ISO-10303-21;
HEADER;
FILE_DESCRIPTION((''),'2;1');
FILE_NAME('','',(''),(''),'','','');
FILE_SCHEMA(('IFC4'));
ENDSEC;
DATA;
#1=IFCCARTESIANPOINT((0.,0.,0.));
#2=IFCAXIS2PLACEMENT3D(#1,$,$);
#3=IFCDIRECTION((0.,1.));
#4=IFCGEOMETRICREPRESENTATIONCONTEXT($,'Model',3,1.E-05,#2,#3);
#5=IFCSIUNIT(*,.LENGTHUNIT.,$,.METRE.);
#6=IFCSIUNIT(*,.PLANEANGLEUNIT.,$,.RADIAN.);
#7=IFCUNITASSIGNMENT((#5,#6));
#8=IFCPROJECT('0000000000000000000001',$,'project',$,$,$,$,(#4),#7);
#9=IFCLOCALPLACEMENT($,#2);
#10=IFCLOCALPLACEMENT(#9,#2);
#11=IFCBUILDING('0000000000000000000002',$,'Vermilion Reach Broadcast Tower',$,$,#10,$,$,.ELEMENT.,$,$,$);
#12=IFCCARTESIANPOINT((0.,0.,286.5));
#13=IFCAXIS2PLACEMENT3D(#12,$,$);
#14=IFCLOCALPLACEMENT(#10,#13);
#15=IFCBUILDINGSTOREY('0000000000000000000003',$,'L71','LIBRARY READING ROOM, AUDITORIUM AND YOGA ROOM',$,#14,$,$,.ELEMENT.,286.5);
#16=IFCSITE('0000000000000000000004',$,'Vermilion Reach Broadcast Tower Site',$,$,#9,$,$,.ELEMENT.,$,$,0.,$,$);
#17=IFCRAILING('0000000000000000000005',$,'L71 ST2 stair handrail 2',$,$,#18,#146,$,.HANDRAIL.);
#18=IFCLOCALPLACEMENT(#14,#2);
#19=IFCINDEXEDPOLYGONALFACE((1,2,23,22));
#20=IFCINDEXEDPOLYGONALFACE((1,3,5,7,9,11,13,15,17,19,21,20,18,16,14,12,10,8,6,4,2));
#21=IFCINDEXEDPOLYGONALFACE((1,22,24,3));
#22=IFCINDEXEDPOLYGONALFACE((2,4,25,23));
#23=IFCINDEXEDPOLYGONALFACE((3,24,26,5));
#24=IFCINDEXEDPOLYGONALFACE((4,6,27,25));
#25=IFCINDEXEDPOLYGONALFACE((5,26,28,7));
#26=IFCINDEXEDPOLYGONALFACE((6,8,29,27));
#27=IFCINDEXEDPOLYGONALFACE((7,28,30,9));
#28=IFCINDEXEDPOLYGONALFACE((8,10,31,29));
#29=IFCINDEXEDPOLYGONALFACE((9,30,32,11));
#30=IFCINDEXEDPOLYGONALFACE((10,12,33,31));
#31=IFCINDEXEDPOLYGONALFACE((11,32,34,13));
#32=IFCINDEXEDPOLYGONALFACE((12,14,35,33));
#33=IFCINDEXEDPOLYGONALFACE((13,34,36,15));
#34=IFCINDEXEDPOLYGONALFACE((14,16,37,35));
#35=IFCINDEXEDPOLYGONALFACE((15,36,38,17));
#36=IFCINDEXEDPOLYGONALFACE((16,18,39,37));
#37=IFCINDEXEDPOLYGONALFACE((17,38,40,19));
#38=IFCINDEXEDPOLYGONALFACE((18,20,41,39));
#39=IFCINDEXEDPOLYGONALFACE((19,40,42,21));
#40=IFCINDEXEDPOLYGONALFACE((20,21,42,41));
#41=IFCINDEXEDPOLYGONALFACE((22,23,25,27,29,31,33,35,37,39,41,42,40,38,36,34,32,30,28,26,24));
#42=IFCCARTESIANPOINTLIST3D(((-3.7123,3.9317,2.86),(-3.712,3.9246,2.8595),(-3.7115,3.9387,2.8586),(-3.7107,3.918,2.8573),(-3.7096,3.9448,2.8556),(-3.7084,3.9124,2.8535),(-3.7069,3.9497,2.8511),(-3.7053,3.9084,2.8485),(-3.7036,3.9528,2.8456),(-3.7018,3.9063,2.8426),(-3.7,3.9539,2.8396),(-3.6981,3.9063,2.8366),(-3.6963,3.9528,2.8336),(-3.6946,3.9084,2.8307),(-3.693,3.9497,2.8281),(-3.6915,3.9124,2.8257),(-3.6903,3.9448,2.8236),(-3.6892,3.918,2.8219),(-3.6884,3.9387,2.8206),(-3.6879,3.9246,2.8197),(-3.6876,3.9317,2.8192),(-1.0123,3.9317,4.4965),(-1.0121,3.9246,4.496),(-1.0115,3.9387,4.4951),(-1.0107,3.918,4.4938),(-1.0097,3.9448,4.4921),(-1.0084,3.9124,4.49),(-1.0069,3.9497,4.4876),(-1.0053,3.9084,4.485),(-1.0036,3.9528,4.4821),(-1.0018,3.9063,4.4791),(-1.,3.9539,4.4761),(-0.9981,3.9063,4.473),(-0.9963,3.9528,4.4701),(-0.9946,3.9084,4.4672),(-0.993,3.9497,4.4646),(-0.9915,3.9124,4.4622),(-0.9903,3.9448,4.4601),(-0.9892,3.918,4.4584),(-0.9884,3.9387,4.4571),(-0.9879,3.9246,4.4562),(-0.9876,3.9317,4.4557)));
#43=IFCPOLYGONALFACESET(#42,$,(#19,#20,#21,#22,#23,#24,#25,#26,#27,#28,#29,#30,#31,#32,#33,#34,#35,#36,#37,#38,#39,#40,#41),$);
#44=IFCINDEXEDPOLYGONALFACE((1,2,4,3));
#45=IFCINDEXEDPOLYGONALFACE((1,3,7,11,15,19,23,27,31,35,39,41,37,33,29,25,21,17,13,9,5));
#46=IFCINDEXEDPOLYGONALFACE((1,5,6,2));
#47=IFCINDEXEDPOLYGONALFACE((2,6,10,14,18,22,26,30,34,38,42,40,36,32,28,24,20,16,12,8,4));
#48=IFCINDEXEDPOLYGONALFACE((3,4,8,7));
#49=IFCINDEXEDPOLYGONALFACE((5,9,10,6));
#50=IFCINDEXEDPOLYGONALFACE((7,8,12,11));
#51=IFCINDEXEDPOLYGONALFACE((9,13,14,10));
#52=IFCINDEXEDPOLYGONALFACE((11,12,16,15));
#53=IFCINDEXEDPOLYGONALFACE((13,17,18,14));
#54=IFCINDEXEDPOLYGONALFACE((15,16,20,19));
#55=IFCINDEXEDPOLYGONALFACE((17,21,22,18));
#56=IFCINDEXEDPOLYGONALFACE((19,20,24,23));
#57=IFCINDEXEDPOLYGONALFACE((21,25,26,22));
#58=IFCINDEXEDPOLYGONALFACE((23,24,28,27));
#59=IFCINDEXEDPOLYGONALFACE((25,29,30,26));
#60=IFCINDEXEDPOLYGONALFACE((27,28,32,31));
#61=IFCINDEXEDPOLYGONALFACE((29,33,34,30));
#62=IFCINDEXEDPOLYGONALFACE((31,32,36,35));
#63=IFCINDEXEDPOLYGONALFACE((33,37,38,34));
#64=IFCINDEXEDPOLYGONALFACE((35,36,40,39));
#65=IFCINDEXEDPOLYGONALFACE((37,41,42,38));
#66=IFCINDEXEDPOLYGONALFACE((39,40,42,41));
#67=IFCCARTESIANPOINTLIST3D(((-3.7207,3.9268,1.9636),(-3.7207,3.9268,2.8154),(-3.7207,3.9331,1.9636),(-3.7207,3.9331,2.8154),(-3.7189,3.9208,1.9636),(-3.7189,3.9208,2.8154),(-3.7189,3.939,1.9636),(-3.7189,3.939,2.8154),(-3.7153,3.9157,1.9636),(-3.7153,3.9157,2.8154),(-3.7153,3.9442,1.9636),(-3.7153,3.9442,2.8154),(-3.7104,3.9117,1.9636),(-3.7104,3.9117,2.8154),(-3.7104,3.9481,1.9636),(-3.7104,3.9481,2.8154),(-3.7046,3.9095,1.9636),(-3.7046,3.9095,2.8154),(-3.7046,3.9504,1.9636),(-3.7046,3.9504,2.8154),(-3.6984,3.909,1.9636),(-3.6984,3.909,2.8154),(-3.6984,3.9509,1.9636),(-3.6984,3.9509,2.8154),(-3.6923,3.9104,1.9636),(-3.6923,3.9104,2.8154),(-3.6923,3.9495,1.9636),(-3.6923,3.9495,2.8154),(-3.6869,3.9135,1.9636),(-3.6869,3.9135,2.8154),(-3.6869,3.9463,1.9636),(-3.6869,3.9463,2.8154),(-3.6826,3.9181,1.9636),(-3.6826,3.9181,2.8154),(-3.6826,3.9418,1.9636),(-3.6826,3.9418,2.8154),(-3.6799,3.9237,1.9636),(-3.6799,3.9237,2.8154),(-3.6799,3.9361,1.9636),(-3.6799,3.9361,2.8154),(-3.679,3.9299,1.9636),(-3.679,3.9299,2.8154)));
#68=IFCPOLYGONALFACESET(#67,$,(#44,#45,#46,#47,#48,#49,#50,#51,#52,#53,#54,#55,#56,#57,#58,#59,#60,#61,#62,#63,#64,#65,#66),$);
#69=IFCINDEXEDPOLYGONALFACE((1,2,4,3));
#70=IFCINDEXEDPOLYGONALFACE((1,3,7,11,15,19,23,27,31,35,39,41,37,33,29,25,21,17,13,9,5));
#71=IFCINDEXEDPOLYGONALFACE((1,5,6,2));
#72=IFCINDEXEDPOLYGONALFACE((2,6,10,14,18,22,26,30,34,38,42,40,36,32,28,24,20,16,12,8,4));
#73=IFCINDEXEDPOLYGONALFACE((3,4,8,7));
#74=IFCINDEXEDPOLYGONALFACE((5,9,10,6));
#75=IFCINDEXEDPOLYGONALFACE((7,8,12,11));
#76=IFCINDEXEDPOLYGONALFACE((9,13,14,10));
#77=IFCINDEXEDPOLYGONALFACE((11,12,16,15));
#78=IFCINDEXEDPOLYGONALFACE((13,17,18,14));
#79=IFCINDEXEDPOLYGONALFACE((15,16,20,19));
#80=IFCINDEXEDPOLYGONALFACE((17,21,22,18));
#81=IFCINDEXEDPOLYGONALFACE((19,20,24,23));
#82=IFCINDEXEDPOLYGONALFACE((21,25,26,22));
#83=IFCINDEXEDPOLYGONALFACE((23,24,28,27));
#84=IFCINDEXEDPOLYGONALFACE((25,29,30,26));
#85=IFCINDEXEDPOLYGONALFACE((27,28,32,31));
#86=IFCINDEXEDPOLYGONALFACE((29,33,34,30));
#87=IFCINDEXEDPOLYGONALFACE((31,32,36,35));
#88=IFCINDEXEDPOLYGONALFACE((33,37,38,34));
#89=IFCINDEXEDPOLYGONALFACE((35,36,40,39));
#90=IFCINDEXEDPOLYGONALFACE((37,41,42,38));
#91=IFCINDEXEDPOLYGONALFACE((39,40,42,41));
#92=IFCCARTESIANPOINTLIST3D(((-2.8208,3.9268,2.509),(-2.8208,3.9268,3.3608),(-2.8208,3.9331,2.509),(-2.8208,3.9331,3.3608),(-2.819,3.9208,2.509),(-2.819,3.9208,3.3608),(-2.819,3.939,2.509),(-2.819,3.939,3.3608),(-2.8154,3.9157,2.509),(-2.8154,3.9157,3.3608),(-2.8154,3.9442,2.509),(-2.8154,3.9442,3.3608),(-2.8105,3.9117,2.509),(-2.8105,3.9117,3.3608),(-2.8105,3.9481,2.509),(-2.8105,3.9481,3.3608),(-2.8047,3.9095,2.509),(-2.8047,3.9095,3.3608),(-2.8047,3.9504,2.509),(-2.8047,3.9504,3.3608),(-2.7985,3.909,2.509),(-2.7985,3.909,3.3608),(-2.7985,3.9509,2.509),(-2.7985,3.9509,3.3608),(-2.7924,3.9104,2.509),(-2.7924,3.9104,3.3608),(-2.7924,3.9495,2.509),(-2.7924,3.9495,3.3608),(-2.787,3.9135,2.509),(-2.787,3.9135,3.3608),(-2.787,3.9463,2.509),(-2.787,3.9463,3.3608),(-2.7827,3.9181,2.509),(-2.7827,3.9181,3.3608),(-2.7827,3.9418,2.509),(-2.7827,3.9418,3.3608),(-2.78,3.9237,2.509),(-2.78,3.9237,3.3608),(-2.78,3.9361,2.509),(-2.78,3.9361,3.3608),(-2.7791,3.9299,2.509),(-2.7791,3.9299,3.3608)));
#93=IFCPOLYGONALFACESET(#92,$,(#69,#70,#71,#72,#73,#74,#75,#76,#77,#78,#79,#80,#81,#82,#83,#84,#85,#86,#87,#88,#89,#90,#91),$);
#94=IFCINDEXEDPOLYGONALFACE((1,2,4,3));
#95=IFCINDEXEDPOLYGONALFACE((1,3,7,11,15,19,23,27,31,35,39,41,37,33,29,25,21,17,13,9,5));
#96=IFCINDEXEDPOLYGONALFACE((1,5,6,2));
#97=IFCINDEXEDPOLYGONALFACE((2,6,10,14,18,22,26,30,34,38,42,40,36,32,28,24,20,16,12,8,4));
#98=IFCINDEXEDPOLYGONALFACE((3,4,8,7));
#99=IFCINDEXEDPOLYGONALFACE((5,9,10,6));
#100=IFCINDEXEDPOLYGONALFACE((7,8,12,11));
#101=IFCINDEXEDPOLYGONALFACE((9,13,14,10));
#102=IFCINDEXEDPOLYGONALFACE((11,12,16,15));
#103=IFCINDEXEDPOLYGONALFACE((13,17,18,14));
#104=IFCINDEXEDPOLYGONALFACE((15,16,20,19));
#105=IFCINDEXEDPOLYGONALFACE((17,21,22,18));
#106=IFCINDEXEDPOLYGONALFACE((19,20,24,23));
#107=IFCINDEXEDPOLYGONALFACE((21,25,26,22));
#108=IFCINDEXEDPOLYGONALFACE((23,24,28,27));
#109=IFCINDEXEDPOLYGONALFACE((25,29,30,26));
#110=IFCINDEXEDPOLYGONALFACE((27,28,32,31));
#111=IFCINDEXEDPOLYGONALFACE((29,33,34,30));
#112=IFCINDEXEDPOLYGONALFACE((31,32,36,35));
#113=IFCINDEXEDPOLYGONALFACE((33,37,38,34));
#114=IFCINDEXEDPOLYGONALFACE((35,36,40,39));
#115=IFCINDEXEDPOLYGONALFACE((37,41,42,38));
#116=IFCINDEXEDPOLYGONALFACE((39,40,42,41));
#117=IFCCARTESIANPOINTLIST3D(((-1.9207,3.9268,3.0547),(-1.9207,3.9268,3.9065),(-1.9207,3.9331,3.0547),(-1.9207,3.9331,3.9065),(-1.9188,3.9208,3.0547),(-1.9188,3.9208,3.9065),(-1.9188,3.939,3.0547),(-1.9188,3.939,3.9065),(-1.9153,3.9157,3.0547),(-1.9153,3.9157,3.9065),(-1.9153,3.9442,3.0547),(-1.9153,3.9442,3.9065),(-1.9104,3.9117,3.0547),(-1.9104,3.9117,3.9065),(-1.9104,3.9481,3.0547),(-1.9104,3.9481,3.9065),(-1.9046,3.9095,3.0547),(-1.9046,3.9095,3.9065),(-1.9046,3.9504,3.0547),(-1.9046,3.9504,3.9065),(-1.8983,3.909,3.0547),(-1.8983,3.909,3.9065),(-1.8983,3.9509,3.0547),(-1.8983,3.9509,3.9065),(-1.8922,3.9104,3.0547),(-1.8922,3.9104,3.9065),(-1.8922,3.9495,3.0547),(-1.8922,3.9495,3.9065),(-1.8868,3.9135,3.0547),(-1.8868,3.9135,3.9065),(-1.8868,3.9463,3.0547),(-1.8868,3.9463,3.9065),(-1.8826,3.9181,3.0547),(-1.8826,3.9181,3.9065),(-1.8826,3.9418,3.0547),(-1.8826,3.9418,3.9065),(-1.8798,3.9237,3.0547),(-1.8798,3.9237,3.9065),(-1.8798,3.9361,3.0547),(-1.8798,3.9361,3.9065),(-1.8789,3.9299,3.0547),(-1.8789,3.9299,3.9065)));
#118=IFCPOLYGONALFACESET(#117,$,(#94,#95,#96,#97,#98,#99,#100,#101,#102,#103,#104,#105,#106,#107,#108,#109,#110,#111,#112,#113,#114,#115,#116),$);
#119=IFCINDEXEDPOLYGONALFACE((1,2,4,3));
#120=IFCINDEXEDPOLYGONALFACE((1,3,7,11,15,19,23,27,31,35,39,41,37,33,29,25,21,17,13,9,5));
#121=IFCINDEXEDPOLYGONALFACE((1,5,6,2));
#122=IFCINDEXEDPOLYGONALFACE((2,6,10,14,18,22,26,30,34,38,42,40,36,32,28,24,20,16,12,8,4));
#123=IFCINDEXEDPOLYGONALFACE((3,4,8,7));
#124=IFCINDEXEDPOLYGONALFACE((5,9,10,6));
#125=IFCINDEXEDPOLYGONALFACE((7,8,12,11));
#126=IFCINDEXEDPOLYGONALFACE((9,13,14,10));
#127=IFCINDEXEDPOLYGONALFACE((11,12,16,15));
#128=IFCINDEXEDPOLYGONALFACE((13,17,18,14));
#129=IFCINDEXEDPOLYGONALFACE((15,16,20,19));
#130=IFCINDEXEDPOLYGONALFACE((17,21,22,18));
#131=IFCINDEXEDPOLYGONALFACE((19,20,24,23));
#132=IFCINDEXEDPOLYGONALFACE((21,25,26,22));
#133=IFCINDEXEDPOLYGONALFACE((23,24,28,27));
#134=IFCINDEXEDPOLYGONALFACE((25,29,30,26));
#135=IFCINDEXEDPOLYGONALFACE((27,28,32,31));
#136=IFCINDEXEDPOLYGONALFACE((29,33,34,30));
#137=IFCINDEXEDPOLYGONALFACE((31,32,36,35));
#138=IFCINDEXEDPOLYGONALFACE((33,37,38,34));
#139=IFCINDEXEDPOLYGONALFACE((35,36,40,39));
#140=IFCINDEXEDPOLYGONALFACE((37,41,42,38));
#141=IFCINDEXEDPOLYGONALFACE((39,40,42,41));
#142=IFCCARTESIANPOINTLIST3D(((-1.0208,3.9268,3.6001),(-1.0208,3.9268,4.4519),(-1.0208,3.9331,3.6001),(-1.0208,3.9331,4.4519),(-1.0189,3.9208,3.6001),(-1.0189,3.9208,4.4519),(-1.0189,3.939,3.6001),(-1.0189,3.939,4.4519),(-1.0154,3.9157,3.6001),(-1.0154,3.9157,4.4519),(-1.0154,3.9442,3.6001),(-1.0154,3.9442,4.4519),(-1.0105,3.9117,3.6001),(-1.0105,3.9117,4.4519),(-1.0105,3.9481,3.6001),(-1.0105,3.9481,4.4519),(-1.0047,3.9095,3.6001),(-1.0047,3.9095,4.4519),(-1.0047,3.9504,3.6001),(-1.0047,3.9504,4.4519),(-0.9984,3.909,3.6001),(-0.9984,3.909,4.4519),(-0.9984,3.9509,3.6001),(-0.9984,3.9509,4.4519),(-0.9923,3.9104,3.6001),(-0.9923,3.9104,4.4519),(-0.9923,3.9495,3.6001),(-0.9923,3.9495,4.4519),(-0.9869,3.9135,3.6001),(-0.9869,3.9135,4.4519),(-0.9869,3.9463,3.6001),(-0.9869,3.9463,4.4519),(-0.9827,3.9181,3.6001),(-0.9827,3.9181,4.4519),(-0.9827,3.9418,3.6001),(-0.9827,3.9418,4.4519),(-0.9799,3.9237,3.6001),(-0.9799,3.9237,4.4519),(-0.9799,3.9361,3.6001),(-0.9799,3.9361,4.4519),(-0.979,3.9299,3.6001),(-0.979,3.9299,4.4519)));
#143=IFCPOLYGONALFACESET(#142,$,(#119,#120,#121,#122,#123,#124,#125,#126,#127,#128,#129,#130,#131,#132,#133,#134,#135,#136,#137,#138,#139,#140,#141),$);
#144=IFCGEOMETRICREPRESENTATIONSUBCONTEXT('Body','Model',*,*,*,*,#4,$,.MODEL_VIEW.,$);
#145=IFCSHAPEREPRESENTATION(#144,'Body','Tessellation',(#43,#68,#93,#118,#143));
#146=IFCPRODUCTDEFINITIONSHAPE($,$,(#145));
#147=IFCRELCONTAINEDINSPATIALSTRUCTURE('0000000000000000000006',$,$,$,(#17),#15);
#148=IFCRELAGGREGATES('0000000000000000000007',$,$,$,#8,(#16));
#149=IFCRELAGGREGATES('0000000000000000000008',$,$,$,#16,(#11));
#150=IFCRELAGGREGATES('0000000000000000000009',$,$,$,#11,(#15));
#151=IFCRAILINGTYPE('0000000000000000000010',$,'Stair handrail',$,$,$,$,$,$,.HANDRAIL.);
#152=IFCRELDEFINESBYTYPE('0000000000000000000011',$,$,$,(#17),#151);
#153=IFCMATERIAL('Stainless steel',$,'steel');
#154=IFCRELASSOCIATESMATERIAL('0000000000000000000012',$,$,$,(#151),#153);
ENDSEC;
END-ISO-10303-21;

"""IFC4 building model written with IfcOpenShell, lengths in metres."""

from ifc_helpers import new_model, si_unit, direction, frame, origin, origin_2d, place, context, subcontext, project, spatial, circle, extrude, material, type_object, element, save


model = new_model("IFC4")

# Units and contexts
model_context = context("Model", 3, precision=1e-05, world=origin(), true_north=direction((0.0, 1.0)))
body_context = subcontext(model_context, "Body", "Model", "MODEL_VIEW")
ifc_project = project(units=[si_unit("LENGTHUNIT", "METRE"), si_unit("PLANEANGLEUNIT", "RADIAN")], contexts=[model_context])

# Site, building, storey
site_placement = place(None, origin())
site = spatial("IfcSite", under=ifc_project, at=site_placement, Name="Vermilion Reach Broadcast Tower Site", CompositionType="ELEMENT", RefElevation=0.0)
building_placement = place(site_placement, origin())
building = spatial("IfcBuilding", under=site, at=building_placement, Name="Vermilion Reach Broadcast Tower", CompositionType="ELEMENT")
storey_placement = place(building_placement, frame((0.0, 0.0, 286.5)))
storey = spatial("IfcBuildingStorey", under=building, at=storey_placement, Name="L71", Description="LIBRARY READING ROOM, AUDITORIUM AND YOGA ROOM", CompositionType="ELEMENT", Elevation=286.5)

# Railing
ifc_material_1 = material(Name="Stainless steel", Category="steel")
railing_type_1 = type_object("IfcRailingType", Name="Stair handrail", PredefinedType="HANDRAIL", material=ifc_material_1)
railing_1_placement = place(storey_placement, frame((-3.7, 3.9299, 1.9636)))
element("IfcRailing", 1, at=railing_1_placement, inside=storey, type_object=railing_type_1, Name="L71 ST2 stair handrail 2", PredefinedType="HANDRAIL", context=body_context, shape_type="SweptSolid", body=[
    extrude(circle(Radius=0.0239, at=origin_2d()), frame((0.0, 0.0, 0.876), z_axis=(0.855178, 0.0, 0.518334), x_axis=(0.0, 1.0, 0.0)), (0.0, 0.0, 1.0), 3.1572),
    extrude(circle(Radius=0.021, at=origin_2d()), origin(), (0.0, 0.0, 1.0), 0.8518),
    extrude(circle(Radius=0.021, at=origin_2d()), frame((0.8999, 0.0, 0.5454)), (0.0, 0.0, 1.0), 0.8518),
    extrude(circle(Radius=0.021, at=origin_2d()), frame((1.8, 0.0, 1.0911)), (0.0, 0.0, 1.0), 0.8518),
    extrude(circle(Radius=0.021, at=origin_2d()), frame((2.7, 0.0, 1.6365)), (0.0, 0.0, 1.0), 0.8518),
])

save(model, "model.ifc")
